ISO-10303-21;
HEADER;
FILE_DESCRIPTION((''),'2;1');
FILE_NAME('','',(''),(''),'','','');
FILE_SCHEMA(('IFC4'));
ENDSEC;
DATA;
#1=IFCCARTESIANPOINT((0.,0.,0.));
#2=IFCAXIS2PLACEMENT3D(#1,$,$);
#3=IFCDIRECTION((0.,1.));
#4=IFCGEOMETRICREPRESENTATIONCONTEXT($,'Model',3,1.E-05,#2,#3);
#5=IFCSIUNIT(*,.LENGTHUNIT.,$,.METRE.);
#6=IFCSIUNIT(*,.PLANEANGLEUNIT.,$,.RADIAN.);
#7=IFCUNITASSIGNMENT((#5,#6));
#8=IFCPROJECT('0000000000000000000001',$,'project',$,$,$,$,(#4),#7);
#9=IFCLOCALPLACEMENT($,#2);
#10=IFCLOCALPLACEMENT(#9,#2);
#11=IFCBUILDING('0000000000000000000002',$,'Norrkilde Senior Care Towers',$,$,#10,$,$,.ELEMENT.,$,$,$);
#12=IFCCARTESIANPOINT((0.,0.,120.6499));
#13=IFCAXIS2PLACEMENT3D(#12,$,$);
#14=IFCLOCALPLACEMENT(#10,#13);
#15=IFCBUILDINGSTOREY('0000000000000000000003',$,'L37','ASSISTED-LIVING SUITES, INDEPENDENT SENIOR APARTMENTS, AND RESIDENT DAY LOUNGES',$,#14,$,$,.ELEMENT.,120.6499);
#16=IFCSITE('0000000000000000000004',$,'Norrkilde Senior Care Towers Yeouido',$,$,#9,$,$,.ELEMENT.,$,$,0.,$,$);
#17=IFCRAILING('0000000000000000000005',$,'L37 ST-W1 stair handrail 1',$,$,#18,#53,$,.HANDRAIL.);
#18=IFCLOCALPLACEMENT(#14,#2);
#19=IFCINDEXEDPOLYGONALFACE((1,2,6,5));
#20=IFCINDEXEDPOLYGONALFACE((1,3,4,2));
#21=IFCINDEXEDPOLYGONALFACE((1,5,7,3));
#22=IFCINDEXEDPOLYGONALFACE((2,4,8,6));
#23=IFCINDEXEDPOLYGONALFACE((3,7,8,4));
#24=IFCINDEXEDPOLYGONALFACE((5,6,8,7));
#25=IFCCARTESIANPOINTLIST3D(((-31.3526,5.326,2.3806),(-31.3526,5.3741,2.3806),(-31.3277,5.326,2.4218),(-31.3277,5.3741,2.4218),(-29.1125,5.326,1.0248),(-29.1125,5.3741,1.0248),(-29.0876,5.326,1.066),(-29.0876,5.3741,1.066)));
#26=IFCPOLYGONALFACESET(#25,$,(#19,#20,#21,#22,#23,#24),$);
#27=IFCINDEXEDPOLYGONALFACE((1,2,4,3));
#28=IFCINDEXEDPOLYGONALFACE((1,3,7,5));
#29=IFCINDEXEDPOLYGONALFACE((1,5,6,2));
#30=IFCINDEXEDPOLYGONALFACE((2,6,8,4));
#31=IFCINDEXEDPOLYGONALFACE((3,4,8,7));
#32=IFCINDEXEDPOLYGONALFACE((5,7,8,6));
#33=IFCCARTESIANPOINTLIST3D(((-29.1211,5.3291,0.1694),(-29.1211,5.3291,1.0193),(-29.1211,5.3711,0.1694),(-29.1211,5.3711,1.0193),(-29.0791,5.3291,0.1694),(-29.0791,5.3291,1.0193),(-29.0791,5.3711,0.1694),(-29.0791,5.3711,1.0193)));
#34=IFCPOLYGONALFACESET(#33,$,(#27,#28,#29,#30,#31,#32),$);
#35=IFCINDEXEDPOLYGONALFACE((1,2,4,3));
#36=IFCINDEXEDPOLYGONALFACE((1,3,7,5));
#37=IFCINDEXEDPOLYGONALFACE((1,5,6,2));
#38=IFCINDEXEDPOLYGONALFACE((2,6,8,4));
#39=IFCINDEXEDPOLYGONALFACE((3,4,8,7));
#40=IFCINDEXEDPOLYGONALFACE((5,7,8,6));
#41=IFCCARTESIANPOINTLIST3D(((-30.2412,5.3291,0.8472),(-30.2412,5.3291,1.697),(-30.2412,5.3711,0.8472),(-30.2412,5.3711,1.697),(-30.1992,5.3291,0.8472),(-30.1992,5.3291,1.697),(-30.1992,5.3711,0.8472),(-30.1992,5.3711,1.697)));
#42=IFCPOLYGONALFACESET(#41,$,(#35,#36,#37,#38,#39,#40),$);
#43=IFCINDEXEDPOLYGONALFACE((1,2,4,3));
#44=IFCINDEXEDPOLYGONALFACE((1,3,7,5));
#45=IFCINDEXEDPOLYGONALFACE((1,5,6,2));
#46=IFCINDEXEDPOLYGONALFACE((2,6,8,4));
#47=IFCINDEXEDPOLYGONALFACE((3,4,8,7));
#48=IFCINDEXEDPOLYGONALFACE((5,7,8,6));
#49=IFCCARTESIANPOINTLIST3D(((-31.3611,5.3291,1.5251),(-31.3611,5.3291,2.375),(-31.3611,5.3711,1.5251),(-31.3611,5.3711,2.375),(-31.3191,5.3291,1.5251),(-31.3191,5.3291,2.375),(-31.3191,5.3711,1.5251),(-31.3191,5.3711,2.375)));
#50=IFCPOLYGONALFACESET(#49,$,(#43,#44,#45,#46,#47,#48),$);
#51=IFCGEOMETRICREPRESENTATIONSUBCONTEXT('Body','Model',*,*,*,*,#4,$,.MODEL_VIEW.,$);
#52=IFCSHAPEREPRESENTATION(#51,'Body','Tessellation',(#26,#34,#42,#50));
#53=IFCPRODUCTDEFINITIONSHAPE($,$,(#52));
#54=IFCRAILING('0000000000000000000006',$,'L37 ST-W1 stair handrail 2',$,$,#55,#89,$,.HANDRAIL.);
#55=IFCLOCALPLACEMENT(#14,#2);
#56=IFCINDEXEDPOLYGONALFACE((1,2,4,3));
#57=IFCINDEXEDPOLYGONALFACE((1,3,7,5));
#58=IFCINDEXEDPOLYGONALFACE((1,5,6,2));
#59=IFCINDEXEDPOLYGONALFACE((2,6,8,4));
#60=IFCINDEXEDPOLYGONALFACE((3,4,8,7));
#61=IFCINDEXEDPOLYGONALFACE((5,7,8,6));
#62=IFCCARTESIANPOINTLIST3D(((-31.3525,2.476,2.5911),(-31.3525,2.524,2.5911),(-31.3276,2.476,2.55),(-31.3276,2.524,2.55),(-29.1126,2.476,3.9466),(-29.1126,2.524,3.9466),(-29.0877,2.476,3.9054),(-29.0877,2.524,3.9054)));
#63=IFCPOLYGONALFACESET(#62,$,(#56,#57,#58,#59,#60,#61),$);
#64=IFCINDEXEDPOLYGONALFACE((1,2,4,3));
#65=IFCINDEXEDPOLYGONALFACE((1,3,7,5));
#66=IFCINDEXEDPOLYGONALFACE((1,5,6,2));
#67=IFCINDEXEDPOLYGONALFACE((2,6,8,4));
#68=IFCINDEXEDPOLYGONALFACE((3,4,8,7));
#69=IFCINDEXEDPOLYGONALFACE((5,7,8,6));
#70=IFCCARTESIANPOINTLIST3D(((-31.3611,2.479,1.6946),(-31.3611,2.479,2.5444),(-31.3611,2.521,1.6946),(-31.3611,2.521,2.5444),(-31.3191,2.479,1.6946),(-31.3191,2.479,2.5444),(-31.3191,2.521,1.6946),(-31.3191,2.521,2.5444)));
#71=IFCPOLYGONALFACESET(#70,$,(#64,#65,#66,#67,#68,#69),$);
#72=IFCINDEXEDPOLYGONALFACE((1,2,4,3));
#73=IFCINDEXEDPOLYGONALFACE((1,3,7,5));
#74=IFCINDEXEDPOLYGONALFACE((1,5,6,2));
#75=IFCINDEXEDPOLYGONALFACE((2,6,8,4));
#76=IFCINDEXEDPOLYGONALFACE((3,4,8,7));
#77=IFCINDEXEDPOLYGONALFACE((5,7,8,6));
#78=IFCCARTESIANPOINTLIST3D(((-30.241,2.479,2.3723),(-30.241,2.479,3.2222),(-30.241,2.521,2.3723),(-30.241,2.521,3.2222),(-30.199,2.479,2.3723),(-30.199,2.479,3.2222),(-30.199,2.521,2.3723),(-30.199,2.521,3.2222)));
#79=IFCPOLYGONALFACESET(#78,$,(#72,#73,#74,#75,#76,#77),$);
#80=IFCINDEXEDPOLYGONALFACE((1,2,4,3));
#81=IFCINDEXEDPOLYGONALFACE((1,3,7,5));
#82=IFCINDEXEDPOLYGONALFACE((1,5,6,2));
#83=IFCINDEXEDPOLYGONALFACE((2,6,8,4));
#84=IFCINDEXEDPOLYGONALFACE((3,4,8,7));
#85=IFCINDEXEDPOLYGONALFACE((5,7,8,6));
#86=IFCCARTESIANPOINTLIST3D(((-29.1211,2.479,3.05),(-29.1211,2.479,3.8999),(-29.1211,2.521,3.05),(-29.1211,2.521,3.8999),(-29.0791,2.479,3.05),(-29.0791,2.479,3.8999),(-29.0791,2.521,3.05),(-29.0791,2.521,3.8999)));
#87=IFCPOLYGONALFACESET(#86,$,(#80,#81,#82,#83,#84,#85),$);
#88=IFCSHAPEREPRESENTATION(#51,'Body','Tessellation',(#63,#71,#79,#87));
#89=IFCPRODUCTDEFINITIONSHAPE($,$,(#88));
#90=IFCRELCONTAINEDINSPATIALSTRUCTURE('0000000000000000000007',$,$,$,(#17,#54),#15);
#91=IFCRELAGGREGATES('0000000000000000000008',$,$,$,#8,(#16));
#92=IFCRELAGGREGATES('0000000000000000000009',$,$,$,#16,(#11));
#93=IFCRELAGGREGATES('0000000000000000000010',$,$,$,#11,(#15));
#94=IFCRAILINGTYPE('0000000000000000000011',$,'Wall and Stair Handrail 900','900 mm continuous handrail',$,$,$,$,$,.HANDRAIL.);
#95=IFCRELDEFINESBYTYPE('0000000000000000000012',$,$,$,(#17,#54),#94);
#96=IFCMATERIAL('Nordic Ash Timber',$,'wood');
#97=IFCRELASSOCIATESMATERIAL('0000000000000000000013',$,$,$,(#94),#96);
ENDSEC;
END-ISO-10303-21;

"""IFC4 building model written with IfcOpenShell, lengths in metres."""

from ifc_helpers import new_model, si_unit, direction, frame, origin, origin_2d, place, context, subcontext, project, spatial, rectangle, extrude, material, type_object, element, save


model = new_model("IFC4")

# Units and contexts
model_context = context("Model", 3, precision=1e-05, world=origin(), true_north=direction((0.0, 1.0)))
body_context = subcontext(model_context, "Body", "Model", "MODEL_VIEW")
ifc_project = project(units=[si_unit("LENGTHUNIT", "METRE"), si_unit("PLANEANGLEUNIT", "RADIAN")], contexts=[model_context])

# Site, building, storey
site_placement = place(None, origin())
site = spatial("IfcSite", under=ifc_project, at=site_placement, Name="Norrkilde Senior Care Towers Yeouido", CompositionType="ELEMENT", RefElevation=0.0)
building_placement = place(site_placement, origin())
building = spatial("IfcBuilding", under=site, at=building_placement, Name="Norrkilde Senior Care Towers", CompositionType="ELEMENT")
storey_placement = place(building_placement, frame((0.0, 0.0, 120.6499)))
storey = spatial("IfcBuildingStorey", under=building, at=storey_placement, Name="L37", Description="ASSISTED-LIVING SUITES, INDEPENDENT SENIOR APARTMENTS, AND RESIDENT DAY LOUNGES", CompositionType="ELEMENT", Elevation=120.6499)

# Shared definitions
ifc_material_1 = material(Name="Nordic Ash Timber", Category="wood")

# Railings
railing_type_1 = type_object("IfcRailingType", Name="Wall and Stair Handrail 900", Description="900 mm continuous handrail", PredefinedType="HANDRAIL", material=ifc_material_1)
railing_1_placement = place(storey_placement, frame((-29.1001, 5.3501, 0.1694)))
element("IfcRailing", 1, at=railing_1_placement, inside=storey, type_object=railing_type_1, Name="L37 ST-W1 stair handrail 1", PredefinedType="HANDRAIL", context=body_context, shape_type="SweptSolid", body=[
    extrude(rectangle(XDim=0.0481, YDim=0.0481, at=origin_2d()), frame((0.0, 0.0, 0.876), z_axis=(-0.855512, 0.0, 0.517783), x_axis=(0.0, -1.0, 0.0)), (0.0, 0.0, 1.0), 2.6184),
    extrude(rectangle(XDim=0.042, YDim=0.042, at=origin_2d()), origin(), (0.0, 0.0, 1.0), 0.8499),
    extrude(rectangle(XDim=0.042, YDim=0.042, at=origin_2d()), frame((-1.1201, 0.0, 0.6777)), (0.0, 0.0, 1.0), 0.8499),
    extrude(rectangle(XDim=0.042, YDim=0.042, at=origin_2d()), frame((-2.24, 0.0, 1.3557)), (0.0, 0.0, 1.0), 0.8499),
])
railing_2_placement = place(storey_placement, frame((-31.3401, 2.5, 1.6946)))
element("IfcRailing", 2, at=railing_2_placement, inside=storey, type_object=railing_type_1, Name="L37 ST-W1 stair handrail 2", PredefinedType="HANDRAIL", context=body_context, shape_type="SweptSolid", body=[
    extrude(rectangle(XDim=0.0481, YDim=0.0481, at=origin_2d()), frame((0.0, 0.0, 0.876), z_axis=(0.855553, 0.0, 0.517715), x_axis=(0.0, 1.0, 0.0)), (0.0, 0.0, 1.0), 2.6182),
    extrude(rectangle(XDim=0.042, YDim=0.042, at=origin_2d()), origin(), (0.0, 0.0, 1.0), 0.8499),
    extrude(rectangle(XDim=0.042, YDim=0.042, at=origin_2d()), frame((1.1201, 0.0, 0.6777)), (0.0, 0.0, 1.0), 0.8499),
    extrude(rectangle(XDim=0.042, YDim=0.042, at=origin_2d()), frame((2.24, 0.0, 1.3555)), (0.0, 0.0, 1.0), 0.8499),
])

save(model, "model.ifc")
